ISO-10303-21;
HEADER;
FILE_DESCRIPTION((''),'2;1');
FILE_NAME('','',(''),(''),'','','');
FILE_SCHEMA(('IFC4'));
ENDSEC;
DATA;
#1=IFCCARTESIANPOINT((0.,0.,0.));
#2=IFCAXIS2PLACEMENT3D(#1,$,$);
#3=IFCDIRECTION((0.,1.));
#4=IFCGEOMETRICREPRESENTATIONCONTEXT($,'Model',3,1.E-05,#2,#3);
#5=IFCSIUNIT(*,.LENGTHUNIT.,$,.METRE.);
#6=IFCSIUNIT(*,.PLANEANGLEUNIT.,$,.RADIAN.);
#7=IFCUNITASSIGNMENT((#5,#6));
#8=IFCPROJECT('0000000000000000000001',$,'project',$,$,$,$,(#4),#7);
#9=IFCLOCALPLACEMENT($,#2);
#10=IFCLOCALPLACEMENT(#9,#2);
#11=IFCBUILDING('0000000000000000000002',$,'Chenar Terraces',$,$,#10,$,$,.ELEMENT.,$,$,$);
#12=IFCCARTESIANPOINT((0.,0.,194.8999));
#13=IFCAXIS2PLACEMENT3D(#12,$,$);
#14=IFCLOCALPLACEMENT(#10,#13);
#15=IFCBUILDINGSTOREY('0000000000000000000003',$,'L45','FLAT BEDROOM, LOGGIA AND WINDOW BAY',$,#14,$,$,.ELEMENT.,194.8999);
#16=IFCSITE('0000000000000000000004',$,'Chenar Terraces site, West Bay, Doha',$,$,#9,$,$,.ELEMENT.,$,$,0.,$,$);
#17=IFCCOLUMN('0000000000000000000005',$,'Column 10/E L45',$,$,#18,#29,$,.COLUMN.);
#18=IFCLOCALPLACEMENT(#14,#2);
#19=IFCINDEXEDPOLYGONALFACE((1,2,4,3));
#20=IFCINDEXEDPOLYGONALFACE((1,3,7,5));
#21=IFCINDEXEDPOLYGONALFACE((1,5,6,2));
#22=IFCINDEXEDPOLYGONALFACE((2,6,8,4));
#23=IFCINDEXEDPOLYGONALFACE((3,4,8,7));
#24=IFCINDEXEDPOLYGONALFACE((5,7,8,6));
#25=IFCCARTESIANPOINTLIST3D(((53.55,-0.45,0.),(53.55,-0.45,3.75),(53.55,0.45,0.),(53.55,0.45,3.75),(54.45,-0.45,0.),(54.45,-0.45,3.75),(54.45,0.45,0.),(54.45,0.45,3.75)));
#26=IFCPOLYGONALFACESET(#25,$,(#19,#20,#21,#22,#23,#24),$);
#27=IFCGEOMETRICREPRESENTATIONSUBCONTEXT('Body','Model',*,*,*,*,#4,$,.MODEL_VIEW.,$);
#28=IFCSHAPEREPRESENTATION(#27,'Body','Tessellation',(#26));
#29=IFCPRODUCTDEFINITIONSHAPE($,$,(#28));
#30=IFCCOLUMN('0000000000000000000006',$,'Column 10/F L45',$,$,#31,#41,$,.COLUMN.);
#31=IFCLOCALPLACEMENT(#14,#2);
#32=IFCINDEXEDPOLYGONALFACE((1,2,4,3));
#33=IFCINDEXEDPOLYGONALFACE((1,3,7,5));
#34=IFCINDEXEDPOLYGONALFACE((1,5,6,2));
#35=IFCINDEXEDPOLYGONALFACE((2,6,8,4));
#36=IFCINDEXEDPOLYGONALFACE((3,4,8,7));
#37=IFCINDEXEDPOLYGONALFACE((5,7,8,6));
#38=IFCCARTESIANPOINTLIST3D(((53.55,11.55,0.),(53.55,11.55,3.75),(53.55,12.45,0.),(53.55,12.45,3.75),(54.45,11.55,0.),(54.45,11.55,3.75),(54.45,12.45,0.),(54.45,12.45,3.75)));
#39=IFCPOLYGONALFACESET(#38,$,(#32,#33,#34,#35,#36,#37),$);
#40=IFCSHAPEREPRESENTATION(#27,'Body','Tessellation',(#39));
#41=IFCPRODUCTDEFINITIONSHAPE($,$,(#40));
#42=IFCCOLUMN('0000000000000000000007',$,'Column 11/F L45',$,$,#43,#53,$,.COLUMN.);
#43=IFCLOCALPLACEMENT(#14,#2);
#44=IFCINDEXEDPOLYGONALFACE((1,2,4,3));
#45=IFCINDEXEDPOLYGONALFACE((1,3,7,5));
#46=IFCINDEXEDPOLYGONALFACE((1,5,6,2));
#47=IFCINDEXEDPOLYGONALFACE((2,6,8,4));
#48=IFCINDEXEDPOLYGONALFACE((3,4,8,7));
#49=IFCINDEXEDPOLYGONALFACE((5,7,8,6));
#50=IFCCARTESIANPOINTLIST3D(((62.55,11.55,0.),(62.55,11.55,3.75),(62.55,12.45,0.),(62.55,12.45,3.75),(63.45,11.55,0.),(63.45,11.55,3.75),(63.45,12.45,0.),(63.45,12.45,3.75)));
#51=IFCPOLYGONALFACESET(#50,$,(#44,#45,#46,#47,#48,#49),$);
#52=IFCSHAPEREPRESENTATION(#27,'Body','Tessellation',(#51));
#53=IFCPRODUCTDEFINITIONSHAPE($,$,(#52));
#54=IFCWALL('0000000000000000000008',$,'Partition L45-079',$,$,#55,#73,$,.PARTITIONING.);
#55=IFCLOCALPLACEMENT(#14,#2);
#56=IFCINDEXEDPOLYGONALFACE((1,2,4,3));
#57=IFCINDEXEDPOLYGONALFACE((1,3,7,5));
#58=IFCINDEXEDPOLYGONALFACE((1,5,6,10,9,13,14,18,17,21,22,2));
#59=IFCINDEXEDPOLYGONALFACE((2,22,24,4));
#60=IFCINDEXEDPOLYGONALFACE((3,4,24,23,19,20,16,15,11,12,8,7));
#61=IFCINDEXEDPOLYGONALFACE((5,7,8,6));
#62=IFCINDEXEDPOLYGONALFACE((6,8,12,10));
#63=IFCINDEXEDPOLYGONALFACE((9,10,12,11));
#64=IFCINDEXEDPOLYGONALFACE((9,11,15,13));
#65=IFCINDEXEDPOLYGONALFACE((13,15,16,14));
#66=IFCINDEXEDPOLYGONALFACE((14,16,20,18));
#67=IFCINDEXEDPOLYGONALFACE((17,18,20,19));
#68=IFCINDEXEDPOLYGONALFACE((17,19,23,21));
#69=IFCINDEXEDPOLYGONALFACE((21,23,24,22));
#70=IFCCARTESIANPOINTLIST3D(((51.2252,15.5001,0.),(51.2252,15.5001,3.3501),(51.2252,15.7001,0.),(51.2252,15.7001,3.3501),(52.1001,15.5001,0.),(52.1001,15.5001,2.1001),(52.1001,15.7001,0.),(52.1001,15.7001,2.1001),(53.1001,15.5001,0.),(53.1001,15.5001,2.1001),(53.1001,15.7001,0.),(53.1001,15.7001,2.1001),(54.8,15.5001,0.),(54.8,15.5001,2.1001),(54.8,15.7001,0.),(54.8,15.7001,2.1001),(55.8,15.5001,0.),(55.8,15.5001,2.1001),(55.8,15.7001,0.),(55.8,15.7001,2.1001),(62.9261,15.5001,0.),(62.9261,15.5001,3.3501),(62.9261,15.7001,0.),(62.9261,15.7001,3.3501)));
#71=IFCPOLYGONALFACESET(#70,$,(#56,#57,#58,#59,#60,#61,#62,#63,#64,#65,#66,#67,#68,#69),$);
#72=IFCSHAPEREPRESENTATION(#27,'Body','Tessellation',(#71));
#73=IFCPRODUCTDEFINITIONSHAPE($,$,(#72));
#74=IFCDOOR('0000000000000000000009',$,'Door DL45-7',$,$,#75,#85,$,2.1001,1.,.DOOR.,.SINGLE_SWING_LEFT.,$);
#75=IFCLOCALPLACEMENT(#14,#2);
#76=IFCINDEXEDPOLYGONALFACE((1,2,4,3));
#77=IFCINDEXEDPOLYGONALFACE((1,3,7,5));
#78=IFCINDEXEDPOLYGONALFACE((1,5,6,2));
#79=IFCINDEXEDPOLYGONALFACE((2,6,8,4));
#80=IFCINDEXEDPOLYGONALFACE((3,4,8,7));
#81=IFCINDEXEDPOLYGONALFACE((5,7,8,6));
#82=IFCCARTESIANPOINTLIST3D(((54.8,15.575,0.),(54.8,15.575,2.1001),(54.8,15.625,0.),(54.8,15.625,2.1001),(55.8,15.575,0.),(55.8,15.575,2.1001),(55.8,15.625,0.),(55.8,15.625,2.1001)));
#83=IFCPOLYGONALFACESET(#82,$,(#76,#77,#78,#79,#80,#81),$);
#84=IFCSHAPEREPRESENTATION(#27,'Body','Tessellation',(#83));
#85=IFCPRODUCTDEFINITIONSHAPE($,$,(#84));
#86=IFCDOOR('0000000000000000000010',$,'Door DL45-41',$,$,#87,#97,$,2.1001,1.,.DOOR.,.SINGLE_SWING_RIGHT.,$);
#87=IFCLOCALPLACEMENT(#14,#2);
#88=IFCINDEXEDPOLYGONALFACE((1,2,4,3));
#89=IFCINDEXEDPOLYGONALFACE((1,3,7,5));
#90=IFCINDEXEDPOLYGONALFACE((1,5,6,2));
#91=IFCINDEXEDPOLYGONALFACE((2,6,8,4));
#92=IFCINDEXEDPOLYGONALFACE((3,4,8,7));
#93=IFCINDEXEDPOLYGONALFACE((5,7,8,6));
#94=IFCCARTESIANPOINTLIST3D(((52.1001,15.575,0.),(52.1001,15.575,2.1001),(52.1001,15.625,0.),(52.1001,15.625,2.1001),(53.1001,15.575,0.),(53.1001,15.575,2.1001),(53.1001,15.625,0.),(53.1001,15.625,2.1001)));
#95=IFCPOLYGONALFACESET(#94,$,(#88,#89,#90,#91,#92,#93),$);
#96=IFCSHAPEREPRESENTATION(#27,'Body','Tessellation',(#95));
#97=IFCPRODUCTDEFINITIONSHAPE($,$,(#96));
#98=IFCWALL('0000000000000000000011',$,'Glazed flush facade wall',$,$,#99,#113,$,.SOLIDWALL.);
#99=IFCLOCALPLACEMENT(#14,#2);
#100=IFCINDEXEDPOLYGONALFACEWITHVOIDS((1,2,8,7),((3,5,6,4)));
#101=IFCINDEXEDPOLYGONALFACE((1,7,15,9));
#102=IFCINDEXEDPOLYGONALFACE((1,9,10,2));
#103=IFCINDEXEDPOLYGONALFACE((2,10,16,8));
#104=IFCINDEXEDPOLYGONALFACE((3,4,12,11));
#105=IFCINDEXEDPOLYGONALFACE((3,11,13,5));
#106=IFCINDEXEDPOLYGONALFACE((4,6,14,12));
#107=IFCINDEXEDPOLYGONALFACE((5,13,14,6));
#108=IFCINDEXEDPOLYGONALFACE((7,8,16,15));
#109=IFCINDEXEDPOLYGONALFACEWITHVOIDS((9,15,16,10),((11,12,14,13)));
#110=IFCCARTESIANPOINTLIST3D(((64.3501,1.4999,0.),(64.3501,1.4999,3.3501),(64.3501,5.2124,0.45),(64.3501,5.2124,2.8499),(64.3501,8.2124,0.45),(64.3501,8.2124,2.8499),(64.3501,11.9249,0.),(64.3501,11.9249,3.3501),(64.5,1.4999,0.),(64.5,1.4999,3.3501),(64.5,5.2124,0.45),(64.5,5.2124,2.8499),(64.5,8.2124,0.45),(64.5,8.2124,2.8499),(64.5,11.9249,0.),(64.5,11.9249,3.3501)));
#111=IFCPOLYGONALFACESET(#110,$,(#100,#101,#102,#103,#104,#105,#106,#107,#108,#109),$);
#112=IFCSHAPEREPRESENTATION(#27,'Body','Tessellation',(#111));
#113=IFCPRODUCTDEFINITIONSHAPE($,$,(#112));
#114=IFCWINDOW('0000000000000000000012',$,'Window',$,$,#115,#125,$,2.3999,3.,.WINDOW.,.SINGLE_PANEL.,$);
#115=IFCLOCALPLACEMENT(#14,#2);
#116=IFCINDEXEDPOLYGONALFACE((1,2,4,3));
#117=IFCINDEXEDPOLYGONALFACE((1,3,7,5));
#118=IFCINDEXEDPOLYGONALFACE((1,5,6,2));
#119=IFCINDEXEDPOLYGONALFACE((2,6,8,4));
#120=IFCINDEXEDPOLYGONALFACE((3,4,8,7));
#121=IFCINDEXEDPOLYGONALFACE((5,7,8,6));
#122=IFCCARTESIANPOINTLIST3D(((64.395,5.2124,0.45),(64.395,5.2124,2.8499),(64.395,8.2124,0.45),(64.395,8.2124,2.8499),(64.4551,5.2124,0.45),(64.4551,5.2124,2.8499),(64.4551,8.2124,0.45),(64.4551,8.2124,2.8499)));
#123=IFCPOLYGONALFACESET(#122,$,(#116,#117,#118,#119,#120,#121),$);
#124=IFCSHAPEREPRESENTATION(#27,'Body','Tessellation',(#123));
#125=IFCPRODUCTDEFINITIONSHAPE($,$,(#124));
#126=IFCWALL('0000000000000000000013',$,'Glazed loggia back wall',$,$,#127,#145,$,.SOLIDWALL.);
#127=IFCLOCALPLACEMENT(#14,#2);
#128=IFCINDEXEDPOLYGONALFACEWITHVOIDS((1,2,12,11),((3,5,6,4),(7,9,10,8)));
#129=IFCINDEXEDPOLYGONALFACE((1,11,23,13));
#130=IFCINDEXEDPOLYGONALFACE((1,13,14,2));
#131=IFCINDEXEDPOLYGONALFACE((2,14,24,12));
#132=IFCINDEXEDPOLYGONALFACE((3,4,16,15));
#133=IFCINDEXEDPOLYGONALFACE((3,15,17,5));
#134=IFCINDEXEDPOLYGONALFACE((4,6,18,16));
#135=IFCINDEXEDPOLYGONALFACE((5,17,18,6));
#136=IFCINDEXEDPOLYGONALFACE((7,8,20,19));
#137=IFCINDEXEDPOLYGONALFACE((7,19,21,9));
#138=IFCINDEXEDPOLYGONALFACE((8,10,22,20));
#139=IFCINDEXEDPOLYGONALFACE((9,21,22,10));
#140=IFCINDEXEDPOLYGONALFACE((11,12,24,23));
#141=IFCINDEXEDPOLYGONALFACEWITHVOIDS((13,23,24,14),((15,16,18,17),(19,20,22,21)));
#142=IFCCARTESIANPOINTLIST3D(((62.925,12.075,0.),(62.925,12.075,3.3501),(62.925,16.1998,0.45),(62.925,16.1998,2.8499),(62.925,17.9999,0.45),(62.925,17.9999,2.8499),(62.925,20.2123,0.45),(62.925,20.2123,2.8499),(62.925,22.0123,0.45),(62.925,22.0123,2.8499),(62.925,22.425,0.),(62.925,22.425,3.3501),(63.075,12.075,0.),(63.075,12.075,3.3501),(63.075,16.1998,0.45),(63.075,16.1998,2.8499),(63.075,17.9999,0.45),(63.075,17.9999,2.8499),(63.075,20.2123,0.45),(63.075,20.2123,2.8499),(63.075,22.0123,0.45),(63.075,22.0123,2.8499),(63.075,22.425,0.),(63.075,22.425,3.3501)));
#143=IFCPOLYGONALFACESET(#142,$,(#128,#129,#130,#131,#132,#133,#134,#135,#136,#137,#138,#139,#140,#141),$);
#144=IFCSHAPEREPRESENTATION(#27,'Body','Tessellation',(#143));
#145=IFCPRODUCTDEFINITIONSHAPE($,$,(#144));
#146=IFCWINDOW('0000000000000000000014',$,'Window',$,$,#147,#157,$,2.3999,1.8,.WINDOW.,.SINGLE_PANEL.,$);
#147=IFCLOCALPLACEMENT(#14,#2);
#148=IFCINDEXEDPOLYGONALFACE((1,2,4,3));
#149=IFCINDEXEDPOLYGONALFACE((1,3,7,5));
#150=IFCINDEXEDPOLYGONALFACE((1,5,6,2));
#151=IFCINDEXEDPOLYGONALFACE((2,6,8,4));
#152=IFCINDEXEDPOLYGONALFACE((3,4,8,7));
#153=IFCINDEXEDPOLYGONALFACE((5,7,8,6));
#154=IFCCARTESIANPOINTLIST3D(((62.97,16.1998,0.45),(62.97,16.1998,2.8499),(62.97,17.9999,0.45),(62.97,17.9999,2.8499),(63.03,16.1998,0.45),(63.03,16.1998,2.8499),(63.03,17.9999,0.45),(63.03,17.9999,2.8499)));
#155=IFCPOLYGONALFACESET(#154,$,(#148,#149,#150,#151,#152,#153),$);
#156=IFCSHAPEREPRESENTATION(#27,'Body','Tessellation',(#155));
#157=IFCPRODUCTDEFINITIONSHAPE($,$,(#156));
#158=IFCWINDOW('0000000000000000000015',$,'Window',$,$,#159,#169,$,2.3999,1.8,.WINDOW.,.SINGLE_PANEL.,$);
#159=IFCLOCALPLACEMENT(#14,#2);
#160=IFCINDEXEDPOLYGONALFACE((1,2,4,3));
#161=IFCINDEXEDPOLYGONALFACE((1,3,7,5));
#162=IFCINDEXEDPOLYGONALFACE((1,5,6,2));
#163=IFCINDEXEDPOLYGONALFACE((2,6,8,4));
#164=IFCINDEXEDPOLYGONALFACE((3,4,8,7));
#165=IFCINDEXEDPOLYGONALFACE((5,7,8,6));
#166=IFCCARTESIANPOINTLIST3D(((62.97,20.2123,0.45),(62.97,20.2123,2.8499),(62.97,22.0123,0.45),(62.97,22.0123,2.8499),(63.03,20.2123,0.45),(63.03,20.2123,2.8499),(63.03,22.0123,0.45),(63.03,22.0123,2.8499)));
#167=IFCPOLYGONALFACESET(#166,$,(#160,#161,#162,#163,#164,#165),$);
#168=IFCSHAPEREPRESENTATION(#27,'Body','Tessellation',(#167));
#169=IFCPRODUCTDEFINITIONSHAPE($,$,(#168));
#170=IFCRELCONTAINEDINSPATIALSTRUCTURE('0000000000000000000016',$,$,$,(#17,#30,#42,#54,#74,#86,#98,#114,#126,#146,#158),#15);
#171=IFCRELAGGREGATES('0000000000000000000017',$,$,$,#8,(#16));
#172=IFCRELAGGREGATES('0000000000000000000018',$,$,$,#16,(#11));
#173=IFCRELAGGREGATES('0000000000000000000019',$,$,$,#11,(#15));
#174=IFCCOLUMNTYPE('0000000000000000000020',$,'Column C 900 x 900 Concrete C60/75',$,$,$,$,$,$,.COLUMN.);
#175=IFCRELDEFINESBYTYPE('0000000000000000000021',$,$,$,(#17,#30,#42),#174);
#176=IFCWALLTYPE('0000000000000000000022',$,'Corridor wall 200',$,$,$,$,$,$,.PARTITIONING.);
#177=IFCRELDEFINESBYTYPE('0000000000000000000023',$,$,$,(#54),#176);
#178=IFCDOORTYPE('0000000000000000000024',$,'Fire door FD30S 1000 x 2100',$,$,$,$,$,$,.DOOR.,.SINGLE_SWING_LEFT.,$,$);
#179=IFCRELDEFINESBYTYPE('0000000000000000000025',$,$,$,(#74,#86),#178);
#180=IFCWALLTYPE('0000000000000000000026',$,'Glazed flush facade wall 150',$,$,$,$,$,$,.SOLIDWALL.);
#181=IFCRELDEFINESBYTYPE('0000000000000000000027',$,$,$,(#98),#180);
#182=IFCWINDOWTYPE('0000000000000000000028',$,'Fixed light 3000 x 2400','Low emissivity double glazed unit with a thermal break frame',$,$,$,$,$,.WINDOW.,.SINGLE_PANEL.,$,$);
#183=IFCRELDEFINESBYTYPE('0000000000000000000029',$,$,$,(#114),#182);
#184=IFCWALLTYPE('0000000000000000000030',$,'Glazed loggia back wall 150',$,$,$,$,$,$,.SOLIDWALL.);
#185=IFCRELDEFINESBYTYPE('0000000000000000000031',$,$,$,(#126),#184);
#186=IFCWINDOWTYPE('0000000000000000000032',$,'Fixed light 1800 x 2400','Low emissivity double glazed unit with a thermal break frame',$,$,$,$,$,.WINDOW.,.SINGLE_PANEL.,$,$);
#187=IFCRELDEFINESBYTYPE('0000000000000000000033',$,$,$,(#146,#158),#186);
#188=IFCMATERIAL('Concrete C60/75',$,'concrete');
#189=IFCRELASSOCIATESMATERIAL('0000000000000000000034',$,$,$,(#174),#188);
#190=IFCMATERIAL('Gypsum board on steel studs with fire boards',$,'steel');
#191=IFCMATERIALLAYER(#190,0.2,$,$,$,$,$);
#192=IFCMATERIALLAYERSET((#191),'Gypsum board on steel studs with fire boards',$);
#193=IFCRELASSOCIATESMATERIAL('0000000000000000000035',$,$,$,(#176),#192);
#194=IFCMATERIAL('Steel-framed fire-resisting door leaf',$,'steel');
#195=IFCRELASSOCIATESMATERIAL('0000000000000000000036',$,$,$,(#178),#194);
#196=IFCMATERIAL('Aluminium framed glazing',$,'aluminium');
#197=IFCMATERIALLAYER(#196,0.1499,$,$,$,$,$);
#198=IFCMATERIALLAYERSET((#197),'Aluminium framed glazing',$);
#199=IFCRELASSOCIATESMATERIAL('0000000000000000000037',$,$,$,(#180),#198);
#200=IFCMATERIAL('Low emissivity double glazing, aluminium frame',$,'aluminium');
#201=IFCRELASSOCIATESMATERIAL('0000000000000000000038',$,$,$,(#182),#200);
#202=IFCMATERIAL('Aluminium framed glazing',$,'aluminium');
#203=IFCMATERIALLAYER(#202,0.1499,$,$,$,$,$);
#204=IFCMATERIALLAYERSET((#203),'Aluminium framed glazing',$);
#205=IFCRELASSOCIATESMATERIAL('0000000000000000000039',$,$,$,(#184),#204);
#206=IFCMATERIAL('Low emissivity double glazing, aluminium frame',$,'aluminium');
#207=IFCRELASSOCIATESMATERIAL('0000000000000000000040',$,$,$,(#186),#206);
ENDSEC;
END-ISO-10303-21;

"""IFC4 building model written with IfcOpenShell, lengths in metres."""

from ifc_helpers import new_model, si_unit, direction, frame, frame_2d, origin, origin_2d, place, context, subcontext, project, spatial, rectangle, extrude, material, layer, layer_set, material_profile, profile_set, type_object, element, fill, save


model = new_model("IFC4")

# Units and contexts
model_context = context("Model", 3, precision=1e-05, world=origin(), true_north=direction((0.0, 1.0)))
body_context = subcontext(model_context, "Body", "Model", "MODEL_VIEW")
ifc_project = project(units=[si_unit("LENGTHUNIT", "METRE"), si_unit("PLANEANGLEUNIT", "RADIAN")], contexts=[model_context])

# Site, building, storey
site_placement = place(None, origin())
site = spatial("IfcSite", under=ifc_project, at=site_placement, Name="Chenar Terraces site, West Bay, Doha", CompositionType="ELEMENT", RefElevation=0.0)
building_placement = place(site_placement, origin())
building = spatial("IfcBuilding", under=site, at=building_placement, Name="Chenar Terraces", CompositionType="ELEMENT")
storey_placement = place(building_placement, frame((0.0, 0.0, 194.8999)))
storey = spatial("IfcBuildingStorey", under=building, at=storey_placement, Name="L45", Description="FLAT BEDROOM, LOGGIA AND WINDOW BAY", CompositionType="ELEMENT", Elevation=194.8999)

# Columns
ifc_material_1 = material(Name="Concrete C60/75", Category="concrete")
ifc_material_profile_1 = material_profile(ifc_material_1, rectangle(XDim=0.8999, YDim=0.8999, at=origin_2d()), Name="C 900 x 900")
ifc_profile_set_1 = profile_set([ifc_material_profile_1], Name="Concrete C60/75")
column_type = type_object("IfcColumnType", Name="Column C 900 x 900 Concrete C60/75", PredefinedType="COLUMN", material=ifc_profile_set_1)
for number, where, z_axis, x_axis, name in (
    (1, (54.0, 0.0, 0.0), (0.0, 0.0, 1.0), (1.0, 0.0, 0.0), "Column 10/E L45"),
    (2, (54.0, 12.0, 0.0), (0.0, 0.0, 1.0), (1.0, 0.0, 0.0), "Column 10/F L45"),
    (3, (63.0, 12.0, 0.0), (0.0, 0.0, 1.0), (1.0, 0.0, 0.0), "Column 11/F L45"),
):
    element("IfcColumn", number, at=place(storey_placement, frame(where, z_axis=z_axis, x_axis=x_axis)), inside=storey, type_object=column_type, Name=name, PredefinedType="COLUMN", context=body_context, shape_type="SweptSolid", body=[
        extrude(rectangle(XDim=0.8999, YDim=0.8999, at=origin_2d()), origin(), (0.0, 0.0, 1.0), 3.75),
    ])

# Wall, openings, doors
ifc_material_2 = material(Name="Gypsum board on steel studs with fire boards", Category="steel")
ifc_layer_1 = layer(ifc_material_2, 0.2)
ifc_layer_set_1 = layer_set([ifc_layer_1], Name="Gypsum board on steel studs with fire boards")
wall_type_1 = type_object("IfcWallType", Name="Corridor wall 200", PredefinedType="PARTITIONING", material=ifc_layer_set_1)
wall_1_placement = place(storey_placement, frame((51.2251, 15.6001, 0.0), z_axis=(0.0, 0.0, 1.0), x_axis=(1.0, 0.0, 0.0)))
wall_1 = element("IfcWall", 4, at=wall_1_placement, inside=storey, type_object=wall_type_1, Name="Partition L45-079", PredefinedType="PARTITIONING", context=body_context, shape_type="SweptSolid", body=[
    extrude(rectangle(XDim=11.7009, YDim=0.2, at=frame_2d((5.8506, 0.0))), origin(), (0.0, 0.0, 1.0), 3.3501),
])
opening_1_placement = place(wall_1_placement, frame((3.575, 0.0, 0.0)))
opening_1 = element("IfcOpeningElement", 5, at=opening_1_placement, cuts=wall_1, PredefinedType="OPENING", context=body_context, shape_type="SweptSolid", body=[
    extrude(rectangle(XDim=1.0, YDim=2.1001, at=frame_2d((0.5, 1.05))), frame((0.0, 0.1099, 0.0), z_axis=(0.0, -1.0, 0.0), x_axis=(1.0, 0.0, 0.0)), (0.0, 0.0, 1.0), 0.22),
])
opening_2_placement = place(wall_1_placement, frame((0.875, 0.0, 0.0)))
opening_2 = element("IfcOpeningElement", 6, at=opening_2_placement, cuts=wall_1, PredefinedType="OPENING", context=body_context, shape_type="SweptSolid", body=[
    extrude(rectangle(XDim=1.0, YDim=2.1001, at=frame_2d((0.5, 1.05))), frame((0.0, 0.1099, 0.0), z_axis=(0.0, -1.0, 0.0), x_axis=(1.0, 0.0, 0.0)), (0.0, 0.0, 1.0), 0.22),
])
ifc_material_3 = material(Name="Steel-framed fire-resisting door leaf", Category="steel")
door_type_1 = type_object("IfcDoorType", Name="Fire door FD30S 1000 x 2100", OperationType="SINGLE_SWING_LEFT", PredefinedType="DOOR", material=ifc_material_3)
door_1_placement = place(opening_1_placement, origin())
door_1 = element("IfcDoor", 7, at=door_1_placement, inside=storey, type_object=door_type_1, Name="Door DL45-7", OperationType="SINGLE_SWING_LEFT", OverallHeight=2.1001, OverallWidth=1.0, PredefinedType="DOOR", context=body_context, shape_type="SweptSolid", body=[
    extrude(rectangle(XDim=1.0, YDim=2.1001, at=frame_2d((0.5, 1.05))), frame((0.0, 0.0249, 0.0), z_axis=(0.0, -1.0, 0.0), x_axis=(1.0, 0.0, 0.0)), (0.0, 0.0, 1.0), 0.05),
])
fill(opening_1, door_1)
door_2_placement = place(opening_2_placement, origin())
door_2 = element("IfcDoor", 8, at=door_2_placement, inside=storey, type_object=door_type_1, Name="Door DL45-41", OperationType="SINGLE_SWING_RIGHT", OverallHeight=2.1001, OverallWidth=1.0, PredefinedType="DOOR", context=body_context, shape_type="SweptSolid", body=[
    extrude(rectangle(XDim=1.0, YDim=2.1001, at=frame_2d((0.5, 1.05))), frame((0.0, 0.0249, 0.0), z_axis=(0.0, -1.0, 0.0), x_axis=(1.0, 0.0, 0.0)), (0.0, 0.0, 1.0), 0.05),
])
fill(opening_2, door_2)

# Wall, opening, window
ifc_material_4 = material(Name="Aluminium framed glazing", Category="aluminium")
ifc_layer_2 = layer(ifc_material_4, 0.1499)
ifc_layer_set_2 = layer_set([ifc_layer_2], Name="Aluminium framed glazing")
wall_type_2 = type_object("IfcWallType", Name="Glazed flush facade wall 150", PredefinedType="SOLIDWALL", material=ifc_layer_set_2)
wall_2_placement = place(storey_placement, frame((64.425, 1.5, 0.0), z_axis=(0.0, 0.0, 1.0), x_axis=(0.0, 1.0, 0.0)))
wall_2 = element("IfcWall", 9, at=wall_2_placement, inside=storey, type_object=wall_type_2, Name="Glazed flush facade wall", PredefinedType="SOLIDWALL", context=body_context, shape_type="SweptSolid", body=[
    extrude(rectangle(XDim=10.425, YDim=0.1499, at=frame_2d((5.2124, 0.0))), origin(), (0.0, 0.0, 1.0), 3.3501),
])
opening_3_placement = place(wall_2_placement, frame((3.7124, 0.0, 0.45)))
opening_3 = element("IfcOpeningElement", 10, at=opening_3_placement, cuts=wall_2, PredefinedType="OPENING", context=body_context, shape_type="SweptSolid", body=[
    extrude(rectangle(XDim=3.0, YDim=2.3999, at=frame_2d((1.5, 1.2))), frame((0.0, 0.085, 0.0), z_axis=(0.0, -1.0, 0.0), x_axis=(1.0, 0.0, 0.0)), (0.0, 0.0, 1.0), 0.1699),
])
ifc_material_5 = material(Name="Low emissivity double glazing, aluminium frame", Category="aluminium")
window_type_1 = type_object("IfcWindowType", Name="Fixed light 3000 x 2400", Description="Low emissivity double glazed unit with a thermal break frame", PartitioningType="SINGLE_PANEL", PredefinedType="WINDOW", material=ifc_material_5)
window_1_placement = place(opening_3_placement, origin())
window_1 = element("IfcWindow", 11, at=window_1_placement, inside=storey, type_object=window_type_1, Name="Window", OverallHeight=2.3999, OverallWidth=3.0, PartitioningType="SINGLE_PANEL", PredefinedType="WINDOW", context=body_context, shape_type="SweptSolid", body=[
    extrude(rectangle(XDim=3.0, YDim=2.3999, at=frame_2d((1.5, 1.2))), frame((0.0, 0.03, 0.0), z_axis=(0.0, -1.0, 0.0), x_axis=(1.0, 0.0, 0.0)), (0.0, 0.0, 1.0), 0.0601),
])
fill(opening_3, window_1)

# Wall, openings, windows
ifc_material_6 = material(Name="Aluminium framed glazing", Category="aluminium")
ifc_layer_3 = layer(ifc_material_6, 0.1499)
ifc_layer_set_3 = layer_set([ifc_layer_3], Name="Aluminium framed glazing")
wall_type_3 = type_object("IfcWallType", Name="Glazed loggia back wall 150", PredefinedType="SOLIDWALL", material=ifc_layer_set_3)
wall_3_placement = place(storey_placement, frame((63.0, 12.075, 0.0), z_axis=(0.0, 0.0, 1.0), x_axis=(0.0, 1.0, 0.0)))
wall_3 = element("IfcWall", 12, at=wall_3_placement, inside=storey, type_object=wall_type_3, Name="Glazed loggia back wall", PredefinedType="SOLIDWALL", context=body_context, shape_type="SweptSolid", body=[
    extrude(rectangle(XDim=10.3501, YDim=0.1499, at=frame_2d((5.175, 0.0))), origin(), (0.0, 0.0, 1.0), 3.3501),
])
opening_4_placement = place(wall_3_placement, frame((4.125, 0.0, 0.45)))
opening_4 = element("IfcOpeningElement", 13, at=opening_4_placement, cuts=wall_3, PredefinedType="OPENING", context=body_context, shape_type="SweptSolid", body=[
    extrude(rectangle(XDim=1.8, YDim=2.3999, at=frame_2d((0.8999, 1.2))), frame((0.0, 0.085, 0.0), z_axis=(0.0, -1.0, 0.0), x_axis=(1.0, 0.0, 0.0)), (0.0, 0.0, 1.0), 0.1699),
])
opening_5_placement = place(wall_3_placement, frame((8.1375, 0.0, 0.45)))
opening_5 = element("IfcOpeningElement", 14, at=opening_5_placement, cuts=wall_3, PredefinedType="OPENING", context=body_context, shape_type="SweptSolid", body=[
    extrude(rectangle(XDim=1.8, YDim=2.3999, at=frame_2d((0.8999, 1.2))), frame((0.0, 0.085, 0.0), z_axis=(0.0, -1.0, 0.0), x_axis=(1.0, 0.0, 0.0)), (0.0, 0.0, 1.0), 0.1699),
])
ifc_material_7 = material(Name="Low emissivity double glazing, aluminium frame", Category="aluminium")
window_type_2 = type_object("IfcWindowType", Name="Fixed light 1800 x 2400", Description="Low emissivity double glazed unit with a thermal break frame", PartitioningType="SINGLE_PANEL", PredefinedType="WINDOW", material=ifc_material_7)
window_2_placement = place(opening_4_placement, origin())
window_2 = element("IfcWindow", 15, at=window_2_placement, inside=storey, type_object=window_type_2, Name="Window", OverallHeight=2.3999, OverallWidth=1.8, PartitioningType="SINGLE_PANEL", PredefinedType="WINDOW", context=body_context, shape_type="SweptSolid", body=[
    extrude(rectangle(XDim=1.8, YDim=2.3999, at=frame_2d((0.8999, 1.2))), frame((0.0, 0.03, 0.0), z_axis=(0.0, -1.0, 0.0), x_axis=(1.0, 0.0, 0.0)), (0.0, 0.0, 1.0), 0.0601),
])
fill(opening_4, window_2)
window_3_placement = place(opening_5_placement, origin())
window_3 = element("IfcWindow", 16, at=window_3_placement, inside=storey, type_object=window_type_2, Name="Window", OverallHeight=2.3999, OverallWidth=1.8, PartitioningType="SINGLE_PANEL", PredefinedType="WINDOW", context=body_context, shape_type="SweptSolid", body=[
    extrude(rectangle(XDim=1.8, YDim=2.3999, at=frame_2d((0.8999, 1.2))), frame((0.0, 0.03, 0.0), z_axis=(0.0, -1.0, 0.0), x_axis=(1.0, 0.0, 0.0)), (0.0, 0.0, 1.0), 0.0601),
])
fill(opening_5, window_3)

save(model, "model.ifc")
